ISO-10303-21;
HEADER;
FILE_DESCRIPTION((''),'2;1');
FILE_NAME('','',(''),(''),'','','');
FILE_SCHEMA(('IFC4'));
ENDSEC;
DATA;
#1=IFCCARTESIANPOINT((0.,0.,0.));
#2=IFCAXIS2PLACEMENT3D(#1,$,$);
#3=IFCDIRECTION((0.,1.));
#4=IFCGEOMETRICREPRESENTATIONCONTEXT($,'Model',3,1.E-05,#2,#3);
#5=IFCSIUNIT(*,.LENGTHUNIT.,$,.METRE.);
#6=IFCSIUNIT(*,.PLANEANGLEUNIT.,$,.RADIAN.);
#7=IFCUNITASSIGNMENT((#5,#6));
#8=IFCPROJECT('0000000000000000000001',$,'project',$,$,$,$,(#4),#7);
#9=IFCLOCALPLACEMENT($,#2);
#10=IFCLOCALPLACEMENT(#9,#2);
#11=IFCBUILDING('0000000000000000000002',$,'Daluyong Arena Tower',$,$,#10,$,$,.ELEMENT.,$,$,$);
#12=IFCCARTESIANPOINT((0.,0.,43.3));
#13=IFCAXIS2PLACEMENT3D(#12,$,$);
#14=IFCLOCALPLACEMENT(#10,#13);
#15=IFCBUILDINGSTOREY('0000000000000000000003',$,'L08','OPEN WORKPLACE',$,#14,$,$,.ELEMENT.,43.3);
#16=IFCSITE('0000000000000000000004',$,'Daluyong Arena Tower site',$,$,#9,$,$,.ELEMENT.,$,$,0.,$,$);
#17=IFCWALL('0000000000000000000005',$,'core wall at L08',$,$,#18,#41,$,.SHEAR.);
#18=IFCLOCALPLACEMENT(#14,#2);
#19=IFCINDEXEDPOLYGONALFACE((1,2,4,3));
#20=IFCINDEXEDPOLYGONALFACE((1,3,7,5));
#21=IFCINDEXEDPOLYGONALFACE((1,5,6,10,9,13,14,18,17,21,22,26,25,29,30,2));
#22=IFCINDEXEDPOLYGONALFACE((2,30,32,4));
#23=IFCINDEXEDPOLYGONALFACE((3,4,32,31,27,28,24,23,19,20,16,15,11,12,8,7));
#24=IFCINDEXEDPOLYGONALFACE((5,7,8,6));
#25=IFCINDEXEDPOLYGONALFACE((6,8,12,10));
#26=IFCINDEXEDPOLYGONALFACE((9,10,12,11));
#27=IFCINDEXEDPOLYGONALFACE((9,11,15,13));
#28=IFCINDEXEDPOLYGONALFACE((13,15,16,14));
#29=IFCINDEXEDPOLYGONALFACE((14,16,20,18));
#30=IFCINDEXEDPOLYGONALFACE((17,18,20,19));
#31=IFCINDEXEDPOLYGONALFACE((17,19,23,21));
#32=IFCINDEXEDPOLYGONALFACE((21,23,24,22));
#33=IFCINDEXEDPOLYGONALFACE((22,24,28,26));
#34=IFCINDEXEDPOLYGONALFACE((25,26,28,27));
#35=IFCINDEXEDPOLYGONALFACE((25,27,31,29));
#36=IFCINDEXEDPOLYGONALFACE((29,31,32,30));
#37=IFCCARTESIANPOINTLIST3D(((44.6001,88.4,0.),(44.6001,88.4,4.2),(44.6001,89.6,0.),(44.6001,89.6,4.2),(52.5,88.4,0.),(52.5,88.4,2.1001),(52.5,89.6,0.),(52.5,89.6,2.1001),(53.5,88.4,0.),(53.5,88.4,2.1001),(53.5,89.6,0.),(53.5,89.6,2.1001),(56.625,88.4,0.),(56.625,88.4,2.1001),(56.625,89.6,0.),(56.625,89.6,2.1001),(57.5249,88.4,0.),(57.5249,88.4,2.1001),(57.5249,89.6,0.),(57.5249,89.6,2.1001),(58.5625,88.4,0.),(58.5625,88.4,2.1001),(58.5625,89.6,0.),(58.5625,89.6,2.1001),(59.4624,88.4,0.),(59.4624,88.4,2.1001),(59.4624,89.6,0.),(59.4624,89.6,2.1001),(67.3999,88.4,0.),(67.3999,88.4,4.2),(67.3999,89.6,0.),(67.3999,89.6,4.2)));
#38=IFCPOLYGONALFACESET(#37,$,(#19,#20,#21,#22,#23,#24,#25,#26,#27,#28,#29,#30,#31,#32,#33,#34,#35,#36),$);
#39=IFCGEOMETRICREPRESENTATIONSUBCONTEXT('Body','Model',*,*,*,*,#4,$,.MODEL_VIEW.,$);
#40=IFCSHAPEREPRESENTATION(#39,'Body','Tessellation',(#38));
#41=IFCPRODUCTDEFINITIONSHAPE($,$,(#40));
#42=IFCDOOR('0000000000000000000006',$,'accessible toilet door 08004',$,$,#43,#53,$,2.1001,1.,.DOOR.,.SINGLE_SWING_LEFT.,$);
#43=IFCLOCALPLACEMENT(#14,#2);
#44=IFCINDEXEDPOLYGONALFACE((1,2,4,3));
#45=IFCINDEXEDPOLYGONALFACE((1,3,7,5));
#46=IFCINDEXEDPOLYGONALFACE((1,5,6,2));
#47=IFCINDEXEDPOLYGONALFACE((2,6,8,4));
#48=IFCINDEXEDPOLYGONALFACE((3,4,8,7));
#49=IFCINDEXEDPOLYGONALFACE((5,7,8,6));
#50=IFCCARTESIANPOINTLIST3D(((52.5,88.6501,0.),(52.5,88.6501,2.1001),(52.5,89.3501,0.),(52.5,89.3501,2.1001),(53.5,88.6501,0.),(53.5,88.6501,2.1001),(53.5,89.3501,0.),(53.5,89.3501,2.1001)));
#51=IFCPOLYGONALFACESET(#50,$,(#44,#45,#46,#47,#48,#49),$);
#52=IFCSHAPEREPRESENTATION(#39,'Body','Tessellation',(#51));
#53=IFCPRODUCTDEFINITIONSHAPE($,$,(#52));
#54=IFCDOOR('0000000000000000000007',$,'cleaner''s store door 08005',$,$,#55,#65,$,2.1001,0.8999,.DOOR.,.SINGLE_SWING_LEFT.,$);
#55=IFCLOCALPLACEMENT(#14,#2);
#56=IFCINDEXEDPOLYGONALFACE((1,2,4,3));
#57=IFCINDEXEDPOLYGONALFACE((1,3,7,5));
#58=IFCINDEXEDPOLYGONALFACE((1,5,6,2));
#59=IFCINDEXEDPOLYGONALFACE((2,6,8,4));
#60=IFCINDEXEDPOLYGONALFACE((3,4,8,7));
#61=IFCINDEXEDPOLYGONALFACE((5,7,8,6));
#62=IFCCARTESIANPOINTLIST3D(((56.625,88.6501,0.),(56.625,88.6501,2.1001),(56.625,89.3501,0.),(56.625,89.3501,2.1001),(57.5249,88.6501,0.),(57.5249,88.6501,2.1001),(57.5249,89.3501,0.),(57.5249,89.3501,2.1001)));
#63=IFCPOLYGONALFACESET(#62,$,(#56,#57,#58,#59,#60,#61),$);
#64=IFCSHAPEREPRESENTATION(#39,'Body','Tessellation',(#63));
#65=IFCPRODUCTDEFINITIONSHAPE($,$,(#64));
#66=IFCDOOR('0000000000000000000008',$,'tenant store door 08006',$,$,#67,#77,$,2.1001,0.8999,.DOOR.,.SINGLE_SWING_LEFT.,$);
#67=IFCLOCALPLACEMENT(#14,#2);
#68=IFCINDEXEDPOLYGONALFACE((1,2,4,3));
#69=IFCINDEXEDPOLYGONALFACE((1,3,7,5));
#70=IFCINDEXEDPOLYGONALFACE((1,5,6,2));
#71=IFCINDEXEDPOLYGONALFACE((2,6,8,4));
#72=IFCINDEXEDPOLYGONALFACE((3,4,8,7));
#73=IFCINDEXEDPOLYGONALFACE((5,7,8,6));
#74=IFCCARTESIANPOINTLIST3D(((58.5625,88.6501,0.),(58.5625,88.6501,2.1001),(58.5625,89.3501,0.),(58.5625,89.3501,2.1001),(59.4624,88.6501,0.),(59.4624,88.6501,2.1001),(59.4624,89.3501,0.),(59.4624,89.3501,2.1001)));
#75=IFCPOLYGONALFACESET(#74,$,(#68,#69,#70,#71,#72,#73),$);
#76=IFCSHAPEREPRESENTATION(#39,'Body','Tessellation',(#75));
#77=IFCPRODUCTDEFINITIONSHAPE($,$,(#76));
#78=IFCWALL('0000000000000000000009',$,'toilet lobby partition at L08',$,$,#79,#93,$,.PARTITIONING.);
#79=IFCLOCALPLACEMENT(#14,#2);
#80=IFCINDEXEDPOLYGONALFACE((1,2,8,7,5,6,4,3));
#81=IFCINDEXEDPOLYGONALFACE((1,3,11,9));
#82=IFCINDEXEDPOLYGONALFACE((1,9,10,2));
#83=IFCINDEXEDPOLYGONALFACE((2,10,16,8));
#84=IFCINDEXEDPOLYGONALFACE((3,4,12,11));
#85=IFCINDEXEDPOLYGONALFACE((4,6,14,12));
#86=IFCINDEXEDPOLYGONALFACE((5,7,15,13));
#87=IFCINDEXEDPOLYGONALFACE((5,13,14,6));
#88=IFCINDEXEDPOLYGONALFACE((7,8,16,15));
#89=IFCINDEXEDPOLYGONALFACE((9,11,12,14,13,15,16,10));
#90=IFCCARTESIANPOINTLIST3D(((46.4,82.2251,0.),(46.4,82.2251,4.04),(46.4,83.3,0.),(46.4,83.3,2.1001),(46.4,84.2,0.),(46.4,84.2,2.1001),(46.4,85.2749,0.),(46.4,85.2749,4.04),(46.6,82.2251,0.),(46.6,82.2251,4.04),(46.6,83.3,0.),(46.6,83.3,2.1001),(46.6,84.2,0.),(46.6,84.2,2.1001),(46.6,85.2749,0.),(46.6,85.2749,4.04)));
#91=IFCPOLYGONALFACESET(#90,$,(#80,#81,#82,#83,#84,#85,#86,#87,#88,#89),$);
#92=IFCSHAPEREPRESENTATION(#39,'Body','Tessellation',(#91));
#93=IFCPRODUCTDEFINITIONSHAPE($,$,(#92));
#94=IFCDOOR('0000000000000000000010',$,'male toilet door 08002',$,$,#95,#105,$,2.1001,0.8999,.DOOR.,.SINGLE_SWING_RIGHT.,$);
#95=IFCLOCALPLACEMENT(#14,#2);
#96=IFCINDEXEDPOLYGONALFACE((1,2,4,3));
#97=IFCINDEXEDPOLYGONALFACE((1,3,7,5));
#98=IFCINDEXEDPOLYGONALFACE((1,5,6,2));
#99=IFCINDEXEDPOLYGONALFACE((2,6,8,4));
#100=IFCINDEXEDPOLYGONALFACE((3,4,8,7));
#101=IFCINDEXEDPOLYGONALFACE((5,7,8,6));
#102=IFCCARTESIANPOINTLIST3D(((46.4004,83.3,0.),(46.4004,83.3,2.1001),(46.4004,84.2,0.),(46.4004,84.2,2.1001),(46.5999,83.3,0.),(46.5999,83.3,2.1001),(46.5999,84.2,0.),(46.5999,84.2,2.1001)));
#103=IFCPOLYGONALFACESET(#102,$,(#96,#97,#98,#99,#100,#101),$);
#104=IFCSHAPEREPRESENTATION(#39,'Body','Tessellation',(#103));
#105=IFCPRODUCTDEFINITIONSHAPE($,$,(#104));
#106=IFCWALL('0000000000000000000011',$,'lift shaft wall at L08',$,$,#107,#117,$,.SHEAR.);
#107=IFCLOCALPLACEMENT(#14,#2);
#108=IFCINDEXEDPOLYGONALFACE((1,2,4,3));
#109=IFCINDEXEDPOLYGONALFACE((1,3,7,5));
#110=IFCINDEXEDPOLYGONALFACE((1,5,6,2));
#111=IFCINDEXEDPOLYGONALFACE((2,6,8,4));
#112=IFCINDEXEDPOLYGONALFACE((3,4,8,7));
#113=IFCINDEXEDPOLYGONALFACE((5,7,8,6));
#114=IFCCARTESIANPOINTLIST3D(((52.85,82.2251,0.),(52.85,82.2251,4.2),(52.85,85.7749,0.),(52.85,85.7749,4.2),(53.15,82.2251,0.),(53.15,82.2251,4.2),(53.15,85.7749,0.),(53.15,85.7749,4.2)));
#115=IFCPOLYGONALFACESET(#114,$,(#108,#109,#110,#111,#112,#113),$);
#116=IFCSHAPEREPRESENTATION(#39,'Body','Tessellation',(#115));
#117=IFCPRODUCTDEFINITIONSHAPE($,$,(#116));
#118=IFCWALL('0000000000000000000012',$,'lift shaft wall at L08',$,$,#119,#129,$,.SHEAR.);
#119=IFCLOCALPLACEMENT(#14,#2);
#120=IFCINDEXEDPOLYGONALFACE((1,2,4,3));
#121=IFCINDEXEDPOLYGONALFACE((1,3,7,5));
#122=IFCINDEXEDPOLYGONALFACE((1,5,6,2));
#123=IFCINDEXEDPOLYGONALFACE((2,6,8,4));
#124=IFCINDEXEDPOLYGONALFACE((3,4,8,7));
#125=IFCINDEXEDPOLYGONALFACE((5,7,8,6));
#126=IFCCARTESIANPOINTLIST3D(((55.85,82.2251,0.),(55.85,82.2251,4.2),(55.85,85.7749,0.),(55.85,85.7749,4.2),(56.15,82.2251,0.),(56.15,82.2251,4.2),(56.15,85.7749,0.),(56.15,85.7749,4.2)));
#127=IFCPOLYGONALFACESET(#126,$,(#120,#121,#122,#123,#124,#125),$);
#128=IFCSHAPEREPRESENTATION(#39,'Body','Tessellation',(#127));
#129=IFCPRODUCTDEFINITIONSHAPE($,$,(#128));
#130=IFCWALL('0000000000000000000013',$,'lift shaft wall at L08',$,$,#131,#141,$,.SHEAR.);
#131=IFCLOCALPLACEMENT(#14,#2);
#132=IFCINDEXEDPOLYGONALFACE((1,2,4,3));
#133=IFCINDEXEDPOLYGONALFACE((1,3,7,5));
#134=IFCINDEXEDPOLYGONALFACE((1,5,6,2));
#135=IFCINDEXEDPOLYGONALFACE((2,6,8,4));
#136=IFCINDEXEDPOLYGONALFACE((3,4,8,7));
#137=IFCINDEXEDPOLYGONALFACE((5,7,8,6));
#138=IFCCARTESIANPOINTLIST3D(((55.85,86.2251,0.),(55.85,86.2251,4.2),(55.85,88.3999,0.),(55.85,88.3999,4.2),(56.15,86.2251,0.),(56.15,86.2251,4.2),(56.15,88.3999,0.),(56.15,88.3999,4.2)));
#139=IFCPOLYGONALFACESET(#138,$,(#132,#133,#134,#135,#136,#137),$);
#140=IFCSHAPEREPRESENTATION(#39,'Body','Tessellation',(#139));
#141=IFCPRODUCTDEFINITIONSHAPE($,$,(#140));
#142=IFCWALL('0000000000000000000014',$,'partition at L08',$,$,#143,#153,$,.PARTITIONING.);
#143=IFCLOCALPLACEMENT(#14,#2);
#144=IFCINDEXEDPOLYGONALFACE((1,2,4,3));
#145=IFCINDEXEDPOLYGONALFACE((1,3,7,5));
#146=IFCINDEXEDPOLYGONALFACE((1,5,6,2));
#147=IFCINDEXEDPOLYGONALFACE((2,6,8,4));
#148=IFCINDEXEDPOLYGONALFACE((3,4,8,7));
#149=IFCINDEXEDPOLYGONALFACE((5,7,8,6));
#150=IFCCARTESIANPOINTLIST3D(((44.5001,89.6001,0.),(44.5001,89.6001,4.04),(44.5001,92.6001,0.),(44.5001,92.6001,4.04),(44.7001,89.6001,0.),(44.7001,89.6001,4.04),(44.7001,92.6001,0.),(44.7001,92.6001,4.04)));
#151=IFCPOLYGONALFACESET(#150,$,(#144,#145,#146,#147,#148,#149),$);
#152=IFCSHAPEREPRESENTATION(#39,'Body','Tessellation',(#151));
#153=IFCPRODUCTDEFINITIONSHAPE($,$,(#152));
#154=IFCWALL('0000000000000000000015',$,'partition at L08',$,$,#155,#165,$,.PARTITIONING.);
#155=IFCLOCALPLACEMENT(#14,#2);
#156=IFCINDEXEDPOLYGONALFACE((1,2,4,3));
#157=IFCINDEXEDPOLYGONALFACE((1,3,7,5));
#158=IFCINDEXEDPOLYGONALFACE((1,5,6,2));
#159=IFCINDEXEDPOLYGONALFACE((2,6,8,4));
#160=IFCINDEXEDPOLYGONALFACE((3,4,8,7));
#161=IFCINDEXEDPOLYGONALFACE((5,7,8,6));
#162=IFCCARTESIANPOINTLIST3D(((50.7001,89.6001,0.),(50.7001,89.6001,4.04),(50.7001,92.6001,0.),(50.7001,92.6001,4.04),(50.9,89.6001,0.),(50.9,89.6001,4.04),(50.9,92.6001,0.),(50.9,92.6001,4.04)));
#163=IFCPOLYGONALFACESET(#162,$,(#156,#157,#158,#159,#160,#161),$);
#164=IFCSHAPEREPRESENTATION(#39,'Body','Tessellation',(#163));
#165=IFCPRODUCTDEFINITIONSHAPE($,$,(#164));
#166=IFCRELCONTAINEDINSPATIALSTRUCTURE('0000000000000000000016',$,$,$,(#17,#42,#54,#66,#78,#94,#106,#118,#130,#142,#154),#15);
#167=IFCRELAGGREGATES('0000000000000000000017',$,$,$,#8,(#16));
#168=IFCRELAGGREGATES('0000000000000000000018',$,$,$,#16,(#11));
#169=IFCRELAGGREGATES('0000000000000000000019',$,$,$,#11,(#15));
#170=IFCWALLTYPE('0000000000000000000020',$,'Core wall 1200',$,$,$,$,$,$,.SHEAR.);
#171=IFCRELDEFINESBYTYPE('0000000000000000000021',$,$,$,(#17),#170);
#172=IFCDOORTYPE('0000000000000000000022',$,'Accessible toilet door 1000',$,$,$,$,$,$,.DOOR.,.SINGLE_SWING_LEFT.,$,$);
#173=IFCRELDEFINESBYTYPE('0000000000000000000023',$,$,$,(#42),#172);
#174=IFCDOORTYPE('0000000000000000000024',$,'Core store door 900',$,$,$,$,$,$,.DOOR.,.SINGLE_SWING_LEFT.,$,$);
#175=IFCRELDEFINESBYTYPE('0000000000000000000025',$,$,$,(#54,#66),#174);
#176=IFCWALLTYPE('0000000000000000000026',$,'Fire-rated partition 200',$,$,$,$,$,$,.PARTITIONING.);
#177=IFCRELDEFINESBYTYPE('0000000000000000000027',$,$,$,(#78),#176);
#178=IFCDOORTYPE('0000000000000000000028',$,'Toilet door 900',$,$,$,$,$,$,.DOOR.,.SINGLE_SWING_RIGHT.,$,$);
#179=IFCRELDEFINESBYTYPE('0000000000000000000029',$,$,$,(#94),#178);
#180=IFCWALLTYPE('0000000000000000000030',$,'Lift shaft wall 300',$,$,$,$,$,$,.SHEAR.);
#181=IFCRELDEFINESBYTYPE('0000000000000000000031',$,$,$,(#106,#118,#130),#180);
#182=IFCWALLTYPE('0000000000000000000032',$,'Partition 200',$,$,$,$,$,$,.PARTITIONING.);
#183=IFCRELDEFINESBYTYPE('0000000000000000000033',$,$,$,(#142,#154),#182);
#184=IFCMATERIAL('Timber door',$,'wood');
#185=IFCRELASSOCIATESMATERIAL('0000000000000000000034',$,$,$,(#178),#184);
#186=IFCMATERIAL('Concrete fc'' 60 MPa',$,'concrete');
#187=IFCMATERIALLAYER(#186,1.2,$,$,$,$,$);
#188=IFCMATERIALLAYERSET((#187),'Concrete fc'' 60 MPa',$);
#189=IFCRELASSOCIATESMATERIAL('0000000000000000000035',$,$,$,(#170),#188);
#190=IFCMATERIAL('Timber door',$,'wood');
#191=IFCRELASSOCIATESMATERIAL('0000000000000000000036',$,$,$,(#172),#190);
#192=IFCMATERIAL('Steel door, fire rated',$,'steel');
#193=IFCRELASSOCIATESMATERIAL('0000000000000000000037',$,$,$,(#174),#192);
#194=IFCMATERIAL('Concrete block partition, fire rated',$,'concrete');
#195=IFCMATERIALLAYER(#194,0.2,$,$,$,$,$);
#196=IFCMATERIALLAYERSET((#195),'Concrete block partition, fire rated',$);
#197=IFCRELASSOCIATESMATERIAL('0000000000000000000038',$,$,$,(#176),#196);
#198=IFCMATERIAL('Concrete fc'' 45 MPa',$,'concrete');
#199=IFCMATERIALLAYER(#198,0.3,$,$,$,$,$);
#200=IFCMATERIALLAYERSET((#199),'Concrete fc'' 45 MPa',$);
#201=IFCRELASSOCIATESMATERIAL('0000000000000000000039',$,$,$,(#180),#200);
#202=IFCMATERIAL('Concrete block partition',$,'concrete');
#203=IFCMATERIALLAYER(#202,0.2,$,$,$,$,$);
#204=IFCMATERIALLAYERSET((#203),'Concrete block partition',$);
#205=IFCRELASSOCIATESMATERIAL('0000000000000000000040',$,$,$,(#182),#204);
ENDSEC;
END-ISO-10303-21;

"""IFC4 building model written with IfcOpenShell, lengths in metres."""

from ifc_helpers import new_model, si_unit, direction, frame, frame_2d, origin, place, context, subcontext, project, spatial, rectangle, extrude, material, layer, layer_set, type_object, element, fill, save


model = new_model("IFC4")

# Units and contexts
model_context = context("Model", 3, precision=1e-05, world=origin(), true_north=direction((0.0, 1.0)))
body_context = subcontext(model_context, "Body", "Model", "MODEL_VIEW")
ifc_project = project(units=[si_unit("LENGTHUNIT", "METRE"), si_unit("PLANEANGLEUNIT", "RADIAN")], contexts=[model_context])

# Site, building, storey
site_placement = place(None, origin())
site = spatial("IfcSite", under=ifc_project, at=site_placement, Name="Daluyong Arena Tower site", CompositionType="ELEMENT", RefElevation=0.0)
building_placement = place(site_placement, origin())
building = spatial("IfcBuilding", under=site, at=building_placement, Name="Daluyong Arena Tower", CompositionType="ELEMENT")
storey_placement = place(building_placement, frame((0.0, 0.0, 43.3)))
storey = spatial("IfcBuildingStorey", under=building, at=storey_placement, Name="L08", Description="OPEN WORKPLACE", CompositionType="ELEMENT", Elevation=43.3)

# Shared definitions
ifc_material_1 = material(Name="Timber door", Category="wood")
door_type_1 = type_object("IfcDoorType", Name="Toilet door 900", OperationType="SINGLE_SWING_RIGHT", PredefinedType="DOOR", material=ifc_material_1)

# Wall, openings, doors
ifc_material_2 = material(Name="Concrete fc' 60 MPa", Category="concrete")
ifc_layer_1 = layer(ifc_material_2, 1.2)
ifc_layer_set_1 = layer_set([ifc_layer_1], Name="Concrete fc' 60 MPa")
wall_type_1 = type_object("IfcWallType", Name="Core wall 1200", PredefinedType="SHEAR", material=ifc_layer_set_1)
wall_1_placement = place(storey_placement, frame((44.6001, 89.0, 0.0), z_axis=(0.0, 0.0, 1.0), x_axis=(1.0, 0.0, 0.0)))
wall_1 = element("IfcWall", 1, at=wall_1_placement, inside=storey, type_object=wall_type_1, Name="core wall at L08", PredefinedType="SHEAR", context=body_context, shape_type="SweptSolid", body=[
    extrude(rectangle(XDim=22.7998, YDim=1.2, at=frame_2d((11.3999, 0.0))), origin(), (0.0, 0.0, 1.0), 4.2),
])
opening_1_placement = place(wall_1_placement, frame((7.8999, 0.0, 0.0)))
opening_1 = element("IfcOpeningElement", 2, at=opening_1_placement, cuts=wall_1, PredefinedType="OPENING", context=body_context, shape_type="SweptSolid", body=[
    extrude(rectangle(XDim=1.0, YDim=2.1001, at=frame_2d((0.5, 1.05))), frame((0.0, 0.6099, 0.0), z_axis=(0.0, -1.0, 0.0), x_axis=(1.0, 0.0, 0.0)), (0.0, 0.0, 1.0), 1.22),
])
opening_2_placement = place(wall_1_placement, frame((12.0249, 0.0, 0.0)))
opening_2 = element("IfcOpeningElement", 3, at=opening_2_placement, cuts=wall_1, PredefinedType="OPENING", context=body_context, shape_type="SweptSolid", body=[
    extrude(rectangle(XDim=0.8999, YDim=2.1001, at=frame_2d((0.45, 1.05))), frame((0.0, 0.6099, 0.0), z_axis=(0.0, -1.0, 0.0), x_axis=(1.0, 0.0, 0.0)), (0.0, 0.0, 1.0), 1.22),
])
opening_3_placement = place(wall_1_placement, frame((13.9624, 0.0, 0.0)))
opening_3 = element("IfcOpeningElement", 4, at=opening_3_placement, cuts=wall_1, PredefinedType="OPENING", context=body_context, shape_type="SweptSolid", body=[
    extrude(rectangle(XDim=0.8999, YDim=2.1001, at=frame_2d((0.45, 1.05))), frame((0.0, 0.6099, 0.0), z_axis=(0.0, -1.0, 0.0), x_axis=(1.0, 0.0, 0.0)), (0.0, 0.0, 1.0), 1.22),
])
ifc_material_3 = material(Name="Timber door", Category="wood")
door_type_2 = type_object("IfcDoorType", Name="Accessible toilet door 1000", OperationType="SINGLE_SWING_LEFT", PredefinedType="DOOR", material=ifc_material_3)
door_1_placement = place(opening_1_placement, origin())
door_1 = element("IfcDoor", 5, at=door_1_placement, inside=storey, type_object=door_type_2, Name="accessible toilet door 08004", OperationType="SINGLE_SWING_LEFT", OverallHeight=2.1001, OverallWidth=1.0, PredefinedType="DOOR", context=body_context, shape_type="SweptSolid", body=[
    extrude(rectangle(XDim=1.0, YDim=2.1001, at=frame_2d((0.5, 1.05))), frame((0.0, 0.3501, 0.0), z_axis=(0.0, -1.0, 0.0), x_axis=(1.0, 0.0, 0.0)), (0.0, 0.0, 1.0), 0.7),
])
fill(opening_1, door_1)
ifc_material_4 = material(Name="Steel door, fire rated", Category="steel")
door_type_3 = type_object("IfcDoorType", Name="Core store door 900", OperationType="SINGLE_SWING_LEFT", PredefinedType="DOOR", material=ifc_material_4)
door_2_placement = place(opening_2_placement, origin())
door_2 = element("IfcDoor", 6, at=door_2_placement, inside=storey, type_object=door_type_3, Name="cleaner's store door 08005", OperationType="SINGLE_SWING_LEFT", OverallHeight=2.1001, OverallWidth=0.8999, PredefinedType="DOOR", context=body_context, shape_type="SweptSolid", body=[
    extrude(rectangle(XDim=0.8999, YDim=2.1001, at=frame_2d((0.45, 1.05))), frame((0.0, 0.3501, 0.0), z_axis=(0.0, -1.0, 0.0), x_axis=(1.0, 0.0, 0.0)), (0.0, 0.0, 1.0), 0.7),
])
fill(opening_2, door_2)
door_3_placement = place(opening_3_placement, origin())
door_3 = element("IfcDoor", 7, at=door_3_placement, inside=storey, type_object=door_type_3, Name="tenant store door 08006", OperationType="SINGLE_SWING_LEFT", OverallHeight=2.1001, OverallWidth=0.8999, PredefinedType="DOOR", context=body_context, shape_type="SweptSolid", body=[
    extrude(rectangle(XDim=0.8999, YDim=2.1001, at=frame_2d((0.45, 1.05))), frame((0.0, 0.3501, 0.0), z_axis=(0.0, -1.0, 0.0), x_axis=(1.0, 0.0, 0.0)), (0.0, 0.0, 1.0), 0.7),
])
fill(opening_3, door_3)

# Wall, opening, door
ifc_material_5 = material(Name="Concrete block partition, fire rated", Category="concrete")
ifc_layer_2 = layer(ifc_material_5, 0.2)
ifc_layer_set_2 = layer_set([ifc_layer_2], Name="Concrete block partition, fire rated")
wall_type_2 = type_object("IfcWallType", Name="Fire-rated partition 200", PredefinedType="PARTITIONING", material=ifc_layer_set_2)
wall_2_placement = place(storey_placement, frame((46.5, 82.2251, 0.0), z_axis=(0.0, 0.0, 1.0), x_axis=(0.0, 1.0, 0.0)))
wall_2 = element("IfcWall", 8, at=wall_2_placement, inside=storey, type_object=wall_type_2, Name="toilet lobby partition at L08", PredefinedType="PARTITIONING", context=body_context, shape_type="SweptSolid", body=[
    extrude(rectangle(XDim=3.0498, YDim=0.2, at=frame_2d((1.5249, 0.0))), origin(), (0.0, 0.0, 1.0), 4.04),
])
opening_4_placement = place(wall_2_placement, frame((1.075, 0.0, 0.0)))
opening_4 = element("IfcOpeningElement", 9, at=opening_4_placement, cuts=wall_2, PredefinedType="OPENING", context=body_context, shape_type="SweptSolid", body=[
    extrude(rectangle(XDim=0.8999, YDim=2.1001, at=frame_2d((0.45, 1.05))), frame((0.0, 0.1099, 0.0), z_axis=(0.0, -1.0, 0.0), x_axis=(1.0, 0.0, 0.0)), (0.0, 0.0, 1.0), 0.22),
])
door_4_placement = place(opening_4_placement, origin())
door_4 = element("IfcDoor", 10, at=door_4_placement, inside=storey, type_object=door_type_1, Name="male toilet door 08002", OperationType="SINGLE_SWING_RIGHT", OverallHeight=2.1001, OverallWidth=0.8999, PredefinedType="DOOR", context=body_context, shape_type="SweptSolid", body=[
    extrude(rectangle(XDim=0.8999, YDim=2.1001, at=frame_2d((0.45, 1.05))), frame((0.0, 0.0996, 0.0), z_axis=(0.0, -1.0, 0.0), x_axis=(1.0, 0.0, 0.0)), (0.0, 0.0, 1.0), 0.1995),
])
fill(opening_4, door_4)

# Walls
ifc_material_6 = material(Name="Concrete fc' 45 MPa", Category="concrete")
ifc_layer_3 = layer(ifc_material_6, 0.3)
ifc_layer_set_3 = layer_set([ifc_layer_3], Name="Concrete fc' 45 MPa")
wall_type_3 = type_object("IfcWallType", Name="Lift shaft wall 300", PredefinedType="SHEAR", material=ifc_layer_set_3)
for number, where, z_axis, x_axis, name in (
    (11, (53.0, 82.2251, 0.0), (0.0, 0.0, 1.0), (0.0, 1.0, 0.0), "lift shaft wall at L08"),
    (12, (56.0, 82.2251, 0.0), (0.0, 0.0, 1.0), (0.0, 1.0, 0.0), "lift shaft wall at L08"),
):
    element("IfcWall", number, at=place(storey_placement, frame(where, z_axis=z_axis, x_axis=x_axis)), inside=storey, type_object=wall_type_3, Name=name, PredefinedType="SHEAR", context=body_context, shape_type="SweptSolid", body=[
        extrude(rectangle(XDim=3.5498, YDim=0.3, at=frame_2d((1.7749, 0.0))), origin(), (0.0, 0.0, 1.0), 4.2),
    ])
wall_3_placement = place(storey_placement, frame((56.0, 86.2251, 0.0), z_axis=(0.0, 0.0, 1.0), x_axis=(0.0, 1.0, 0.0)))
element("IfcWall", 13, at=wall_3_placement, inside=storey, type_object=wall_type_3, Name="lift shaft wall at L08", PredefinedType="SHEAR", context=body_context, shape_type="SweptSolid", body=[
    extrude(rectangle(XDim=2.1748, YDim=0.3, at=frame_2d((1.0874, 0.0))), origin(), (0.0, 0.0, 1.0), 4.2),
])
ifc_material_7 = material(Name="Concrete block partition", Category="concrete")
ifc_layer_4 = layer(ifc_material_7, 0.2)
ifc_layer_set_4 = layer_set([ifc_layer_4], Name="Concrete block partition")
wall_type_4 = type_object("IfcWallType", Name="Partition 200", PredefinedType="PARTITIONING", material=ifc_layer_set_4)
for number, where, z_axis, x_axis, name in (
    (14, (44.6001, 89.6001, 0.0), (0.0, 0.0, 1.0), (0.0, 1.0, 0.0), "partition at L08"),
    (15, (50.8, 89.6001, 0.0), (0.0, 0.0, 1.0), (0.0, 1.0, 0.0), "partition at L08"),
):
    element("IfcWall", number, at=place(storey_placement, frame(where, z_axis=z_axis, x_axis=x_axis)), inside=storey, type_object=wall_type_4, Name=name, PredefinedType="PARTITIONING", context=body_context, shape_type="SweptSolid", body=[
        extrude(rectangle(XDim=3.0, YDim=0.2, at=frame_2d((1.5, 0.0))), origin(), (0.0, 0.0, 1.0), 4.04),
    ])

save(model, "model.ifc")
